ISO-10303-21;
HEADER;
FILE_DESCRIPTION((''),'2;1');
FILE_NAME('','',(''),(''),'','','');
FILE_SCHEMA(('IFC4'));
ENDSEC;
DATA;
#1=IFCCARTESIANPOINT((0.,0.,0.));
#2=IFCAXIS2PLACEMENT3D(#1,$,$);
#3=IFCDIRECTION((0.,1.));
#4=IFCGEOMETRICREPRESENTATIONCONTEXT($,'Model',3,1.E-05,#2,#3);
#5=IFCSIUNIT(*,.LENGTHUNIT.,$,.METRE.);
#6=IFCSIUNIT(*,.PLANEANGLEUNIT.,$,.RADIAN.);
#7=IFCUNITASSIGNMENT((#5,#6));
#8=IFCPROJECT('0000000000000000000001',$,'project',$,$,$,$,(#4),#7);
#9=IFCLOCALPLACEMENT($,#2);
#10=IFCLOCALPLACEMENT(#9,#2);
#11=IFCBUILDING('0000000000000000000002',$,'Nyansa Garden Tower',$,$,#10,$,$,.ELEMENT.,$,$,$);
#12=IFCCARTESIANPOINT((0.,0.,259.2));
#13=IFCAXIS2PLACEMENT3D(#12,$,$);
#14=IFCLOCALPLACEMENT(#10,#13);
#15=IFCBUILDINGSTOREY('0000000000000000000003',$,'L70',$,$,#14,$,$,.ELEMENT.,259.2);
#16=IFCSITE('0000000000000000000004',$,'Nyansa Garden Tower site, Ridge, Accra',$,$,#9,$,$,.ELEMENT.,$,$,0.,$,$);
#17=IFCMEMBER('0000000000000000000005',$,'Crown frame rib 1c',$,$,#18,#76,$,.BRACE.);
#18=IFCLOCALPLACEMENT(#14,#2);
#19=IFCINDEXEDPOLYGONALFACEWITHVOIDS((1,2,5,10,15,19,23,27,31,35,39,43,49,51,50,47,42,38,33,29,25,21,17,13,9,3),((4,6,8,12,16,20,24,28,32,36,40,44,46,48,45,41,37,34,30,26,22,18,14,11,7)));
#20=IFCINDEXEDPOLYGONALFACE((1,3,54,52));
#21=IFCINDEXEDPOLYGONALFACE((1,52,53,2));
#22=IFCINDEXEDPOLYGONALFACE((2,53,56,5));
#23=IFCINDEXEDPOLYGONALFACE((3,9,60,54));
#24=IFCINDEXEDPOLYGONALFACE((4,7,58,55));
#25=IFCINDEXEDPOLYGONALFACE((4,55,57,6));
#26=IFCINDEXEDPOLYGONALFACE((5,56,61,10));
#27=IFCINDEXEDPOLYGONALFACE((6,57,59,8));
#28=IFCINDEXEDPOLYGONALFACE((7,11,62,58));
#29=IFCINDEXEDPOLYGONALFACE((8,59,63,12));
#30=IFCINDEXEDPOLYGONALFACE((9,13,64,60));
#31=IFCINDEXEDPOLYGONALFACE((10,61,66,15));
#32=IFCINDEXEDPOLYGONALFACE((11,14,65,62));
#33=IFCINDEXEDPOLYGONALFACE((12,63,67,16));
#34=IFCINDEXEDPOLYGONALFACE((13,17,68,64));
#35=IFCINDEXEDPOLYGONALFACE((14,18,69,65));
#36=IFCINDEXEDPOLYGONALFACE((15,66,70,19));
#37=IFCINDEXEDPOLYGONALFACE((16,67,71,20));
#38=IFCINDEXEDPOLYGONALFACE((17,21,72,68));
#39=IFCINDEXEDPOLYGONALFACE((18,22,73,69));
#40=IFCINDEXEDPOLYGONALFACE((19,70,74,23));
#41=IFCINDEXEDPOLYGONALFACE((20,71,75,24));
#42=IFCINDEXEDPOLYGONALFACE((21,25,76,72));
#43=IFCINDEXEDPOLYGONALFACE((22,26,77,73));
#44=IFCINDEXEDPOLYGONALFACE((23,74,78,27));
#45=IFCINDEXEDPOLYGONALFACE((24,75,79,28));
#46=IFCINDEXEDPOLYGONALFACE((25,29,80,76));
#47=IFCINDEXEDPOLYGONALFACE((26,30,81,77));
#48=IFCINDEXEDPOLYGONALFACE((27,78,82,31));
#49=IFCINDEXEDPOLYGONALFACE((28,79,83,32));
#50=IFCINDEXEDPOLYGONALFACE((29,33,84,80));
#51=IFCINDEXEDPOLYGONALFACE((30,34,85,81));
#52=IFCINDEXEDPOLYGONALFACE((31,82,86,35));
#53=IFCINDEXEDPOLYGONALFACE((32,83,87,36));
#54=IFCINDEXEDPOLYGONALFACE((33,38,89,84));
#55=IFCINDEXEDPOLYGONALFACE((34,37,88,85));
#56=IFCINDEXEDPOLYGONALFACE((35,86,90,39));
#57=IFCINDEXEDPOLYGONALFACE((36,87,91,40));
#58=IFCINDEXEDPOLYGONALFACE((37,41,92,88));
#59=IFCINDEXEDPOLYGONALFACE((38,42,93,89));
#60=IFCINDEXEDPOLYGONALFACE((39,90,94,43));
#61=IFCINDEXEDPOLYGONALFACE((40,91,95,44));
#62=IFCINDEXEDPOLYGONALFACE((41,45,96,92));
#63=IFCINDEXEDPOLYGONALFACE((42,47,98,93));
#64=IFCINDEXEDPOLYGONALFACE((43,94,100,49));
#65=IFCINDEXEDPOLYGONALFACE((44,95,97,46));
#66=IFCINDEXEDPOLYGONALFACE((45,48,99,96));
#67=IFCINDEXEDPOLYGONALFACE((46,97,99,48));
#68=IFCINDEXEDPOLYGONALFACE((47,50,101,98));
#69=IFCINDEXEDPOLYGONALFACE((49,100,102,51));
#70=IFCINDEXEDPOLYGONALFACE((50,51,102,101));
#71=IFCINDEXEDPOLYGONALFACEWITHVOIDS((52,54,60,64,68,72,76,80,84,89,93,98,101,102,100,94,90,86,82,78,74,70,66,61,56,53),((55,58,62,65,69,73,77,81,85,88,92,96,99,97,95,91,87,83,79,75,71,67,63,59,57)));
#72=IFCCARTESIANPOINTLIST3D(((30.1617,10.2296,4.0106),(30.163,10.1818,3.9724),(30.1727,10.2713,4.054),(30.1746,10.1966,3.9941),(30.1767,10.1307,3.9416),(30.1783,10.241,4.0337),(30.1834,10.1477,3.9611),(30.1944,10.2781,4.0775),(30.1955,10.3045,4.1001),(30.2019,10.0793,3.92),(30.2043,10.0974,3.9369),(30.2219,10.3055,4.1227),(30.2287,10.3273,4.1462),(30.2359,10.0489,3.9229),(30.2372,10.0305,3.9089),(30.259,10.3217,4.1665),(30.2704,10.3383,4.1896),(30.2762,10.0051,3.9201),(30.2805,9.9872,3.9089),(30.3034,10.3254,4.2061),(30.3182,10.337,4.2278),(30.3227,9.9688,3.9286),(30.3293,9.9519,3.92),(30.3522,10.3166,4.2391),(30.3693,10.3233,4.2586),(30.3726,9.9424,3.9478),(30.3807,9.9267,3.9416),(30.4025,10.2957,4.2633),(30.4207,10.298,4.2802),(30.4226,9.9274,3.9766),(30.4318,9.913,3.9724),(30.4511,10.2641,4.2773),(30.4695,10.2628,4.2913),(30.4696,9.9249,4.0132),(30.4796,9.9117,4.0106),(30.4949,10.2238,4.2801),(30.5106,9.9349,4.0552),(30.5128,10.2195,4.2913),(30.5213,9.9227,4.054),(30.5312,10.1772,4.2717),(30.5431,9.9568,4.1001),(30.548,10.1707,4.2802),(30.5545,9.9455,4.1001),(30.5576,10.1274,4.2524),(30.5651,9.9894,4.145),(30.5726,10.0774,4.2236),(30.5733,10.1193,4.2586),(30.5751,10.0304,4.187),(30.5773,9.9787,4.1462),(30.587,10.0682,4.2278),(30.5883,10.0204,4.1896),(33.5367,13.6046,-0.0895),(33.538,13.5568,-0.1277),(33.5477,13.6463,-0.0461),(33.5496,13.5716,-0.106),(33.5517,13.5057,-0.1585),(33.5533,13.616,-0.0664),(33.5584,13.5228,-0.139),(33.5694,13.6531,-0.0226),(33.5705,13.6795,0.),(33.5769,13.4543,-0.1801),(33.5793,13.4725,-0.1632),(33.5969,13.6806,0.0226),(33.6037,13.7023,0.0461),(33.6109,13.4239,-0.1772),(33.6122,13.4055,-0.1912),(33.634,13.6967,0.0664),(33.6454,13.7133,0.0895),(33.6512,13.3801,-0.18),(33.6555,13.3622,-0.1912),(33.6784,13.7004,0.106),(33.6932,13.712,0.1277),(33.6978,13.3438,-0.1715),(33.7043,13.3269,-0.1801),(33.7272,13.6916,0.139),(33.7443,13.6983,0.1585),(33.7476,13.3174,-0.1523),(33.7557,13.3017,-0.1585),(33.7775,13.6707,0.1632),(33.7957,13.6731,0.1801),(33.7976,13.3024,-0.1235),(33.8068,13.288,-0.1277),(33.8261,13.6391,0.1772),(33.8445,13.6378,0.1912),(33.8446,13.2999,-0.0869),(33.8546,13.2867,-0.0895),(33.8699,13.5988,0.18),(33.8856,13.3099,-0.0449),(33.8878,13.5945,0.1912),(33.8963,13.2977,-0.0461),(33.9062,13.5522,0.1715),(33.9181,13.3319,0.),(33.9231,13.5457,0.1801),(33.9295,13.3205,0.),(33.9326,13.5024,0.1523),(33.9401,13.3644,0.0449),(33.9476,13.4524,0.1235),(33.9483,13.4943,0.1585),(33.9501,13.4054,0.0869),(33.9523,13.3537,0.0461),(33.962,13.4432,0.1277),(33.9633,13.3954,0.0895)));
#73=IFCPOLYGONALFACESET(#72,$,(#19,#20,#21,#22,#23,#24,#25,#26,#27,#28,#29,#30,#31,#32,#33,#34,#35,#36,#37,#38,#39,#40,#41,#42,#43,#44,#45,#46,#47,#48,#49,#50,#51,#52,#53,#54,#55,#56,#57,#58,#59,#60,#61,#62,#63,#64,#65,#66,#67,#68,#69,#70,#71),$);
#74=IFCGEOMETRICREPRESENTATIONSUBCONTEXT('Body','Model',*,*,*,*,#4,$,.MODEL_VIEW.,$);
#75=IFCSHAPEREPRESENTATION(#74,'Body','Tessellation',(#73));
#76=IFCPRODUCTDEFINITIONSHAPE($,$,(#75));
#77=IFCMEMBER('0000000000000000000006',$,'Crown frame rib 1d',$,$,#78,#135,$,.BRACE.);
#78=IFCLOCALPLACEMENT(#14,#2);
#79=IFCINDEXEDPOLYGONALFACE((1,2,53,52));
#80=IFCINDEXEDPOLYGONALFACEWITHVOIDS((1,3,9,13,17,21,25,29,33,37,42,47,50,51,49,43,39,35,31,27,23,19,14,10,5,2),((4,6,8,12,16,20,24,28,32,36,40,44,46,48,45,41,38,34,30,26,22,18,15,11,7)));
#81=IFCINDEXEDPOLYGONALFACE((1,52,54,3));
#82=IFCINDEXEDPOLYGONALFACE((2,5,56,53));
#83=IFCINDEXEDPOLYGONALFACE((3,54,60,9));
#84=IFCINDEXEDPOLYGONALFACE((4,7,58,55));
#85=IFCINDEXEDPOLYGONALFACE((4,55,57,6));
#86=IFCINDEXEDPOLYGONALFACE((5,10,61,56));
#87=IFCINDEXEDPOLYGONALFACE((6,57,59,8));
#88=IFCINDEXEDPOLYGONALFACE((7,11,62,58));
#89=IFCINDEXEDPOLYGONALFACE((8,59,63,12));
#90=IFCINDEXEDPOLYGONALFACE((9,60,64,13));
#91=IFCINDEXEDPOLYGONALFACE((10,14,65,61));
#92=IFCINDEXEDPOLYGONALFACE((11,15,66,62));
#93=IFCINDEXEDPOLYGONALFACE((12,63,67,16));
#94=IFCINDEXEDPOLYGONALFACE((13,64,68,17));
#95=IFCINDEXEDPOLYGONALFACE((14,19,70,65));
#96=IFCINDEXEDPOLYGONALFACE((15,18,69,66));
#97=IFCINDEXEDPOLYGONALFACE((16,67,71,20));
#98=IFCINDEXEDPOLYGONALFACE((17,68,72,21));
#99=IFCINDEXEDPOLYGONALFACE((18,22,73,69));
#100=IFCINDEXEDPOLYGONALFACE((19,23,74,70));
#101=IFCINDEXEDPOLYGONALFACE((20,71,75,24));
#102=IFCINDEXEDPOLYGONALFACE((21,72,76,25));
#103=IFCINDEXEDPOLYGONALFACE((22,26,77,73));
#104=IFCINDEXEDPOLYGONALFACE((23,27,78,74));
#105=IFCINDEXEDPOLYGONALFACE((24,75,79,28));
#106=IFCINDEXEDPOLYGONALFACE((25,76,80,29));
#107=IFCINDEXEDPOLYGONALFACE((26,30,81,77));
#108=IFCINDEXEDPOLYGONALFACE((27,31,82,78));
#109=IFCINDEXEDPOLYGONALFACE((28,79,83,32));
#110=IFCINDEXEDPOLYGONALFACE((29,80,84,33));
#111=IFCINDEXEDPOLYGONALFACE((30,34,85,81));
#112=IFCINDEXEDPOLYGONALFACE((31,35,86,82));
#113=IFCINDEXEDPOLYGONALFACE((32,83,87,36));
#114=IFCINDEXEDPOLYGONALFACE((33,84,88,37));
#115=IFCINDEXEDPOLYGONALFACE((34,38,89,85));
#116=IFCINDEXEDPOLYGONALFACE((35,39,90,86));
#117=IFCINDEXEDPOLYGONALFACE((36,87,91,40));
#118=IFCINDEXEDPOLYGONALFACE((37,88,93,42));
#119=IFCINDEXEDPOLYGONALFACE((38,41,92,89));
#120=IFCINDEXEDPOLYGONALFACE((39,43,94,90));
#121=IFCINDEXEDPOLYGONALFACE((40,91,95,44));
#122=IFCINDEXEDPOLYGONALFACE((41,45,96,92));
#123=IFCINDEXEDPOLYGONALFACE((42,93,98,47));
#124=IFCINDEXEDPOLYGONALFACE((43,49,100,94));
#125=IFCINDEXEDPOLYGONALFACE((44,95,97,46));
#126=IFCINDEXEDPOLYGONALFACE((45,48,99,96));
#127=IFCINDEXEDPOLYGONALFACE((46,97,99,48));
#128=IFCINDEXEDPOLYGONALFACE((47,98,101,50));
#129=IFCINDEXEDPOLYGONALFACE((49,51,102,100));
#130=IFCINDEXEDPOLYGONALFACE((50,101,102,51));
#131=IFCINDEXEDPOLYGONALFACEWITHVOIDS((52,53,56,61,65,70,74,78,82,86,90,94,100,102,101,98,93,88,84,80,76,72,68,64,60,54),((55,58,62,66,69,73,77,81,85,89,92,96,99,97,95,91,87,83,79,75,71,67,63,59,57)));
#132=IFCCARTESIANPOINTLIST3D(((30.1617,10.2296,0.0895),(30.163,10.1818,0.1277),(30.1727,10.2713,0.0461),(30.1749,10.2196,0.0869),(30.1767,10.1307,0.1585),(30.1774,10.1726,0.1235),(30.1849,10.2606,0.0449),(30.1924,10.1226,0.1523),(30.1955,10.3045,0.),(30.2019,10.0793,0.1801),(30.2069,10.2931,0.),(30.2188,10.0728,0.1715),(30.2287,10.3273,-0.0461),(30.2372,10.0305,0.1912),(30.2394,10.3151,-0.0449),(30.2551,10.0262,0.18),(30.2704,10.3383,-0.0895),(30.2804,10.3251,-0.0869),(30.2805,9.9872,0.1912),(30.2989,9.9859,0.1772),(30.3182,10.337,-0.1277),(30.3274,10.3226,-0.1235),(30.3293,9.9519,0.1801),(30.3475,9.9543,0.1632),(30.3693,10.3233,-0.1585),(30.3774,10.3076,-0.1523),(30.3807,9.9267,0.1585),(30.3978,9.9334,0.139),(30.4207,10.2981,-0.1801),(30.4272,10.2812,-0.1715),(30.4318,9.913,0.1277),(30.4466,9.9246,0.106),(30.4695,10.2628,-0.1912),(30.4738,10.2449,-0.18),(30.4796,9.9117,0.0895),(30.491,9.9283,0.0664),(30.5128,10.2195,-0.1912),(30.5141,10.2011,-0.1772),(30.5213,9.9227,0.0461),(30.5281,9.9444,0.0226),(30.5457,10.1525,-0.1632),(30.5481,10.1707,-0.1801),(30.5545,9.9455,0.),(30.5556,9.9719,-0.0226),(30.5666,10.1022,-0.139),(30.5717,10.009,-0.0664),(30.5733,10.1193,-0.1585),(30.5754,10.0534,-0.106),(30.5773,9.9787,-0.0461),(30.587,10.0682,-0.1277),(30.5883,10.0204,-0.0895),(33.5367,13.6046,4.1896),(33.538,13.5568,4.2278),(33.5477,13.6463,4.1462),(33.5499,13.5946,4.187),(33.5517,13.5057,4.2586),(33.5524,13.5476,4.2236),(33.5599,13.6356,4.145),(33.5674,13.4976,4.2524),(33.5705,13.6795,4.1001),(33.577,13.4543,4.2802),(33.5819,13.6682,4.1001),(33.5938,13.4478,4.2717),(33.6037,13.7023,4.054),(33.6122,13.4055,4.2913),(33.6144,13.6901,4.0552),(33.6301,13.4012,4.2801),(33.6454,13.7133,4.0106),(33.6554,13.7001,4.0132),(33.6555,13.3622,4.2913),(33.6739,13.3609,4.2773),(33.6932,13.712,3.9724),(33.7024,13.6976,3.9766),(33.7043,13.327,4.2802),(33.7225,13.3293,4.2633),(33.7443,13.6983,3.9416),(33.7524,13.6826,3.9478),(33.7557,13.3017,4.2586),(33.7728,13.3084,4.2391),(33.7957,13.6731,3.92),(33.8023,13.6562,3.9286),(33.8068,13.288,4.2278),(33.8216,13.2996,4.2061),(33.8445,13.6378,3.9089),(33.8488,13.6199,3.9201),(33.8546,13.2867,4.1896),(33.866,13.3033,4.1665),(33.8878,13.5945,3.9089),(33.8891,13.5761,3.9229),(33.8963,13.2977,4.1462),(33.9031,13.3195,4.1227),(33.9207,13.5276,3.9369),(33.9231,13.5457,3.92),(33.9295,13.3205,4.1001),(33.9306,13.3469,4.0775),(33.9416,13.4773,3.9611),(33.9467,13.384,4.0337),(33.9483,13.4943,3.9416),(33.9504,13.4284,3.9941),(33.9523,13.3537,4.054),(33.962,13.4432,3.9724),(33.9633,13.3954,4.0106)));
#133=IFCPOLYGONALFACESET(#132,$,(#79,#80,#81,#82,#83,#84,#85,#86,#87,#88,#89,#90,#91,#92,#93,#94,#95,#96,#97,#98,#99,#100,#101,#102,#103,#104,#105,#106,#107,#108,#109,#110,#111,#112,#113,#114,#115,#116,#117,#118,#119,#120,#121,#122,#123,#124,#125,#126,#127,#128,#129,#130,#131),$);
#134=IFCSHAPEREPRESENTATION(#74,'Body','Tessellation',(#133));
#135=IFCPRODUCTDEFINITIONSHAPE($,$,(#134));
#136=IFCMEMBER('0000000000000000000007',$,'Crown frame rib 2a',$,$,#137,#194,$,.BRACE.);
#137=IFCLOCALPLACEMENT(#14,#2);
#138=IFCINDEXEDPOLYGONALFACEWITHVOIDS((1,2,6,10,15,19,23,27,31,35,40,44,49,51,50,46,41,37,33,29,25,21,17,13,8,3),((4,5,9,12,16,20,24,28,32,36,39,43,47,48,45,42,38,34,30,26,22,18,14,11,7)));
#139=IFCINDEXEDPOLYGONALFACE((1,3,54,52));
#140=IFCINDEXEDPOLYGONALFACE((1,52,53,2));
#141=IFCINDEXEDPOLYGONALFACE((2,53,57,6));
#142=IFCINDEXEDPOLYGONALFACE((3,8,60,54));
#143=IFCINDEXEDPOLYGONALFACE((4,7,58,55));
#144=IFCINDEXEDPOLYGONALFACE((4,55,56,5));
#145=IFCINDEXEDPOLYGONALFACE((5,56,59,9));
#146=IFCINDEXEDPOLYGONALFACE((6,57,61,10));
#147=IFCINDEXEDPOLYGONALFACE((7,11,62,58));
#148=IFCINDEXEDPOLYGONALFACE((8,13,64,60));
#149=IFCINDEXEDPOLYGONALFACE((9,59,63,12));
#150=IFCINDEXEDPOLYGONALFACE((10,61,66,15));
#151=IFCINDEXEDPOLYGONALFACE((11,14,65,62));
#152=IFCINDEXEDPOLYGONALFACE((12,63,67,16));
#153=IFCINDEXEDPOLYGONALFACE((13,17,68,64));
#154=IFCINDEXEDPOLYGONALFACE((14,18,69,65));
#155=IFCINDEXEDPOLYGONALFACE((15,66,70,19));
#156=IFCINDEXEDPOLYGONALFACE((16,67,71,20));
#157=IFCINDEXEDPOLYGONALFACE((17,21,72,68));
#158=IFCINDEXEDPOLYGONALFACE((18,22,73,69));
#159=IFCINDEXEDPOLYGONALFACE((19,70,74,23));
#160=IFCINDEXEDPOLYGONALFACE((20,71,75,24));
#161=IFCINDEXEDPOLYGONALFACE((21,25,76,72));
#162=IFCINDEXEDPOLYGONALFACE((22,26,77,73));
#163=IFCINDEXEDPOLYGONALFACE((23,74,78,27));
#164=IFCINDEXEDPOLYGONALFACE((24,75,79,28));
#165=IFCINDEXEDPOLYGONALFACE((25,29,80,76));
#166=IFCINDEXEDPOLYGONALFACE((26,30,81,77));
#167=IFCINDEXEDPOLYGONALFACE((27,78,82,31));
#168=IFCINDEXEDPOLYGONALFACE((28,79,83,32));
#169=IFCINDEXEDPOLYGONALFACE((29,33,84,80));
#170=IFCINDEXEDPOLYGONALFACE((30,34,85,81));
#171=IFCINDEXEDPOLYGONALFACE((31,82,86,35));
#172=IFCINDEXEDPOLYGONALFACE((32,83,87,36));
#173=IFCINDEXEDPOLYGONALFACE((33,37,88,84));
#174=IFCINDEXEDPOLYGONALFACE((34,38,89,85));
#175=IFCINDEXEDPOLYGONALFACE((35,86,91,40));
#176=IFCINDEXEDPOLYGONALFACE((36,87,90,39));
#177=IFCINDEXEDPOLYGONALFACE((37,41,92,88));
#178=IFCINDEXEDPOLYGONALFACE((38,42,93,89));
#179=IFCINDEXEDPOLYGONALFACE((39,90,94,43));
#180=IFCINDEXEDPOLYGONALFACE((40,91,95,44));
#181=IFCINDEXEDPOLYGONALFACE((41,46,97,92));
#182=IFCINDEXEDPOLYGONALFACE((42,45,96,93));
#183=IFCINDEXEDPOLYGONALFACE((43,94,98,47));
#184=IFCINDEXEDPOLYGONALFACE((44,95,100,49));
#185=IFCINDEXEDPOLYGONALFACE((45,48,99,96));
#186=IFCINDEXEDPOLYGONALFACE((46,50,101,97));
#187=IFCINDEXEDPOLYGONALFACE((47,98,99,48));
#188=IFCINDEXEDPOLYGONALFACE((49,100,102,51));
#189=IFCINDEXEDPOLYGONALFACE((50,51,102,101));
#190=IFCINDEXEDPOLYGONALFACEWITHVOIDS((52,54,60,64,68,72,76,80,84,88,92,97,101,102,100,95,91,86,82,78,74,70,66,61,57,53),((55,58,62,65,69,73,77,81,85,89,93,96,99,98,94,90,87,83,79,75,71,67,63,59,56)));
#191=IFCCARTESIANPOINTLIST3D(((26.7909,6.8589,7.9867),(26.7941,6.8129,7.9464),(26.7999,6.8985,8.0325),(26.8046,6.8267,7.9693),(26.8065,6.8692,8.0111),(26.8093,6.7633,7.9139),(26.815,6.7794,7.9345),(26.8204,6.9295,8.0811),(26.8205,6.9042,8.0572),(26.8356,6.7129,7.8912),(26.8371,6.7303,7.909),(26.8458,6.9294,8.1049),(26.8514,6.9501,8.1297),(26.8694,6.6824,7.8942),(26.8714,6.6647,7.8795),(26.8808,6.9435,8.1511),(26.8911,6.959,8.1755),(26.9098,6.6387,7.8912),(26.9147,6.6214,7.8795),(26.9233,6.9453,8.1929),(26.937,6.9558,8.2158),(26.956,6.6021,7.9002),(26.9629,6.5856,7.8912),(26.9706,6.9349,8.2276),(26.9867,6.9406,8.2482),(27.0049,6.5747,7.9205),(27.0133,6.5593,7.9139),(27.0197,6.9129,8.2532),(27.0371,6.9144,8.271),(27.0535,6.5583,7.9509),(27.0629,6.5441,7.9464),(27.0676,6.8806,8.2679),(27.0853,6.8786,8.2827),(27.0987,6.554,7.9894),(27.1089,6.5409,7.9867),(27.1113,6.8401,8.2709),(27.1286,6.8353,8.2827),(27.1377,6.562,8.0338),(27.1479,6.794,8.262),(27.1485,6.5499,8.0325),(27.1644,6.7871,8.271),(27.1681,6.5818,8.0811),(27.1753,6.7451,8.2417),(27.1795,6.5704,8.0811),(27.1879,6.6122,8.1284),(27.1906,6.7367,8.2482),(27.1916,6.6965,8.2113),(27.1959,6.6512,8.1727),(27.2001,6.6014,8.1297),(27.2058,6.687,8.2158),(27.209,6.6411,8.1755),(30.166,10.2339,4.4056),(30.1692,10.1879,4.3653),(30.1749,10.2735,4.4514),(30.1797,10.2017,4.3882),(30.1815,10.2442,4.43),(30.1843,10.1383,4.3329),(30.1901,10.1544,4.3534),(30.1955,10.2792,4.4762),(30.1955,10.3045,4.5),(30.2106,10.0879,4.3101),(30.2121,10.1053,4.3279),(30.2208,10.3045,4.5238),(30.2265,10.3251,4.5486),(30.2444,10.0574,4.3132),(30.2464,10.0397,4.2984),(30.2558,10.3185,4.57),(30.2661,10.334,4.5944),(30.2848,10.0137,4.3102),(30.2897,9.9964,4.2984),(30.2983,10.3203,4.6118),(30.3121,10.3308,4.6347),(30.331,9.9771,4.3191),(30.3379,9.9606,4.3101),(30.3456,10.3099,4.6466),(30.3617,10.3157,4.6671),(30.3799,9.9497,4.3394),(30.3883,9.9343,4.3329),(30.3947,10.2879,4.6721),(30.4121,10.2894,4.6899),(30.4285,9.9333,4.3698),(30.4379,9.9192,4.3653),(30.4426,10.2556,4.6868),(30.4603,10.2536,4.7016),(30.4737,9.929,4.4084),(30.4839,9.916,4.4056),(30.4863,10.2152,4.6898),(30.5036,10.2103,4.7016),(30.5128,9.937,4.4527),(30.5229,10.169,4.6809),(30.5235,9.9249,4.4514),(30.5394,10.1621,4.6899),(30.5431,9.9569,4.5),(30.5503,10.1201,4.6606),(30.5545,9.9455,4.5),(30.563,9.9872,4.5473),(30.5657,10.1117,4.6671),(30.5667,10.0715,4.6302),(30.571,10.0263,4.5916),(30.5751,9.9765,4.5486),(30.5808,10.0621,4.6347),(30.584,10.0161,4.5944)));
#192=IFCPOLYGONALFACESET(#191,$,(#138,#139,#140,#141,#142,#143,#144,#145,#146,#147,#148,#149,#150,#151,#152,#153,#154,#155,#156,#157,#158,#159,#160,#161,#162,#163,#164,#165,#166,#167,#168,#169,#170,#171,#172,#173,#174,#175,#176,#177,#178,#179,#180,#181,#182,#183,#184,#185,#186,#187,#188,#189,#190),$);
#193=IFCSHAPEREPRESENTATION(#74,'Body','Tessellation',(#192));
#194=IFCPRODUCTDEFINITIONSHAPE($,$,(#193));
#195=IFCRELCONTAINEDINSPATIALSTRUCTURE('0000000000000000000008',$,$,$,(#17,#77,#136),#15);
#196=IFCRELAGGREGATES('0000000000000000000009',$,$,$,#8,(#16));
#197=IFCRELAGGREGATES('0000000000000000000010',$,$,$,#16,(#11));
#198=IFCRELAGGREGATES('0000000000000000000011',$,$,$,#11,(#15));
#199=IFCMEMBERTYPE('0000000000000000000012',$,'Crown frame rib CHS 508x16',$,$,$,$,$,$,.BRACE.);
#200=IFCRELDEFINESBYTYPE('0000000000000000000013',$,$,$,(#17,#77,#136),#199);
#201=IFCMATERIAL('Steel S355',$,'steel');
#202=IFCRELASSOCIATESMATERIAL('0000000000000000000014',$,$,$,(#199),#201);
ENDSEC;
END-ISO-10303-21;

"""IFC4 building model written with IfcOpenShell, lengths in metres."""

from ifc_helpers import new_model, si_unit, direction, frame, origin, origin_2d, place, context, subcontext, project, spatial, hollow_circle, extrude, material, material_profile, profile_set, type_object, element, save


model = new_model("IFC4")

# Units and contexts
model_context = context("Model", 3, precision=1e-05, world=origin(), true_north=direction((0.0, 1.0)))
body_context = subcontext(model_context, "Body", "Model", "MODEL_VIEW")
ifc_project = project(units=[si_unit("LENGTHUNIT", "METRE"), si_unit("PLANEANGLEUNIT", "RADIAN")], contexts=[model_context])

# Site, building, storey
site_placement = place(None, origin())
site = spatial("IfcSite", under=ifc_project, at=site_placement, Name="Nyansa Garden Tower site, Ridge, Accra", CompositionType="ELEMENT", RefElevation=0.0)
building_placement = place(site_placement, origin())
building = spatial("IfcBuilding", under=site, at=building_placement, Name="Nyansa Garden Tower", CompositionType="ELEMENT")
storey_placement = place(building_placement, frame((0.0, 0.0, 259.2)))
storey = spatial("IfcBuildingStorey", under=building, at=storey_placement, Name="L70", CompositionType="ELEMENT", Elevation=259.2)

# Members
ifc_material_1 = material(Name="Steel S355", Category="steel")
ifc_material_profile_1 = material_profile(ifc_material_1, hollow_circle(Radius=0.2539, WallThickness=0.0161, at=origin_2d()), Name="CHS 508x16")
ifc_profile_set_1 = profile_set([ifc_material_profile_1], Name="Steel S355")
member_type_1 = type_object("IfcMemberType", Name="Crown frame rib CHS 508x16", PredefinedType="BRACE", material=ifc_profile_set_1)
for number, where, z_axis, x_axis, name in (
    (1, (33.75, 13.5, 0.0), (-0.536377, -0.536377, 0.651614), (0.707107, -0.707107, 0.0), "Crown frame rib 1c"),
    (2, (30.375, 10.125, 0.0), (0.536377, 0.536377, 0.651614), (-0.707107, 0.707107, 0.0), "Crown frame rib 1d"),
):
    element("IfcMember", number, at=place(storey_placement, frame(where, z_axis=z_axis, x_axis=x_axis)), inside=storey, type_object=member_type_1, Name=name, PredefinedType="BRACE", context=body_context, shape_type="SweptSolid", body=[
        extrude(hollow_circle(Radius=0.2539, WallThickness=0.0161, at=origin_2d()), origin(), (0.0, 0.0, 1.0), 6.2922),
    ])
member_1_placement = place(storey_placement, frame((30.375, 10.125, 4.5), z_axis=(-0.56561, -0.56561, 0.600142), x_axis=(0.707107, -0.707107, 0.0)))
element("IfcMember", 3, at=member_1_placement, inside=storey, type_object=member_type_1, Name="Crown frame rib 2a", PredefinedType="BRACE", context=body_context, shape_type="SweptSolid", body=[
    extrude(hollow_circle(Radius=0.2539, WallThickness=0.0161, at=origin_2d()), origin(), (0.0, 0.0, 1.0), 5.967),
])

save(model, "model.ifc")
